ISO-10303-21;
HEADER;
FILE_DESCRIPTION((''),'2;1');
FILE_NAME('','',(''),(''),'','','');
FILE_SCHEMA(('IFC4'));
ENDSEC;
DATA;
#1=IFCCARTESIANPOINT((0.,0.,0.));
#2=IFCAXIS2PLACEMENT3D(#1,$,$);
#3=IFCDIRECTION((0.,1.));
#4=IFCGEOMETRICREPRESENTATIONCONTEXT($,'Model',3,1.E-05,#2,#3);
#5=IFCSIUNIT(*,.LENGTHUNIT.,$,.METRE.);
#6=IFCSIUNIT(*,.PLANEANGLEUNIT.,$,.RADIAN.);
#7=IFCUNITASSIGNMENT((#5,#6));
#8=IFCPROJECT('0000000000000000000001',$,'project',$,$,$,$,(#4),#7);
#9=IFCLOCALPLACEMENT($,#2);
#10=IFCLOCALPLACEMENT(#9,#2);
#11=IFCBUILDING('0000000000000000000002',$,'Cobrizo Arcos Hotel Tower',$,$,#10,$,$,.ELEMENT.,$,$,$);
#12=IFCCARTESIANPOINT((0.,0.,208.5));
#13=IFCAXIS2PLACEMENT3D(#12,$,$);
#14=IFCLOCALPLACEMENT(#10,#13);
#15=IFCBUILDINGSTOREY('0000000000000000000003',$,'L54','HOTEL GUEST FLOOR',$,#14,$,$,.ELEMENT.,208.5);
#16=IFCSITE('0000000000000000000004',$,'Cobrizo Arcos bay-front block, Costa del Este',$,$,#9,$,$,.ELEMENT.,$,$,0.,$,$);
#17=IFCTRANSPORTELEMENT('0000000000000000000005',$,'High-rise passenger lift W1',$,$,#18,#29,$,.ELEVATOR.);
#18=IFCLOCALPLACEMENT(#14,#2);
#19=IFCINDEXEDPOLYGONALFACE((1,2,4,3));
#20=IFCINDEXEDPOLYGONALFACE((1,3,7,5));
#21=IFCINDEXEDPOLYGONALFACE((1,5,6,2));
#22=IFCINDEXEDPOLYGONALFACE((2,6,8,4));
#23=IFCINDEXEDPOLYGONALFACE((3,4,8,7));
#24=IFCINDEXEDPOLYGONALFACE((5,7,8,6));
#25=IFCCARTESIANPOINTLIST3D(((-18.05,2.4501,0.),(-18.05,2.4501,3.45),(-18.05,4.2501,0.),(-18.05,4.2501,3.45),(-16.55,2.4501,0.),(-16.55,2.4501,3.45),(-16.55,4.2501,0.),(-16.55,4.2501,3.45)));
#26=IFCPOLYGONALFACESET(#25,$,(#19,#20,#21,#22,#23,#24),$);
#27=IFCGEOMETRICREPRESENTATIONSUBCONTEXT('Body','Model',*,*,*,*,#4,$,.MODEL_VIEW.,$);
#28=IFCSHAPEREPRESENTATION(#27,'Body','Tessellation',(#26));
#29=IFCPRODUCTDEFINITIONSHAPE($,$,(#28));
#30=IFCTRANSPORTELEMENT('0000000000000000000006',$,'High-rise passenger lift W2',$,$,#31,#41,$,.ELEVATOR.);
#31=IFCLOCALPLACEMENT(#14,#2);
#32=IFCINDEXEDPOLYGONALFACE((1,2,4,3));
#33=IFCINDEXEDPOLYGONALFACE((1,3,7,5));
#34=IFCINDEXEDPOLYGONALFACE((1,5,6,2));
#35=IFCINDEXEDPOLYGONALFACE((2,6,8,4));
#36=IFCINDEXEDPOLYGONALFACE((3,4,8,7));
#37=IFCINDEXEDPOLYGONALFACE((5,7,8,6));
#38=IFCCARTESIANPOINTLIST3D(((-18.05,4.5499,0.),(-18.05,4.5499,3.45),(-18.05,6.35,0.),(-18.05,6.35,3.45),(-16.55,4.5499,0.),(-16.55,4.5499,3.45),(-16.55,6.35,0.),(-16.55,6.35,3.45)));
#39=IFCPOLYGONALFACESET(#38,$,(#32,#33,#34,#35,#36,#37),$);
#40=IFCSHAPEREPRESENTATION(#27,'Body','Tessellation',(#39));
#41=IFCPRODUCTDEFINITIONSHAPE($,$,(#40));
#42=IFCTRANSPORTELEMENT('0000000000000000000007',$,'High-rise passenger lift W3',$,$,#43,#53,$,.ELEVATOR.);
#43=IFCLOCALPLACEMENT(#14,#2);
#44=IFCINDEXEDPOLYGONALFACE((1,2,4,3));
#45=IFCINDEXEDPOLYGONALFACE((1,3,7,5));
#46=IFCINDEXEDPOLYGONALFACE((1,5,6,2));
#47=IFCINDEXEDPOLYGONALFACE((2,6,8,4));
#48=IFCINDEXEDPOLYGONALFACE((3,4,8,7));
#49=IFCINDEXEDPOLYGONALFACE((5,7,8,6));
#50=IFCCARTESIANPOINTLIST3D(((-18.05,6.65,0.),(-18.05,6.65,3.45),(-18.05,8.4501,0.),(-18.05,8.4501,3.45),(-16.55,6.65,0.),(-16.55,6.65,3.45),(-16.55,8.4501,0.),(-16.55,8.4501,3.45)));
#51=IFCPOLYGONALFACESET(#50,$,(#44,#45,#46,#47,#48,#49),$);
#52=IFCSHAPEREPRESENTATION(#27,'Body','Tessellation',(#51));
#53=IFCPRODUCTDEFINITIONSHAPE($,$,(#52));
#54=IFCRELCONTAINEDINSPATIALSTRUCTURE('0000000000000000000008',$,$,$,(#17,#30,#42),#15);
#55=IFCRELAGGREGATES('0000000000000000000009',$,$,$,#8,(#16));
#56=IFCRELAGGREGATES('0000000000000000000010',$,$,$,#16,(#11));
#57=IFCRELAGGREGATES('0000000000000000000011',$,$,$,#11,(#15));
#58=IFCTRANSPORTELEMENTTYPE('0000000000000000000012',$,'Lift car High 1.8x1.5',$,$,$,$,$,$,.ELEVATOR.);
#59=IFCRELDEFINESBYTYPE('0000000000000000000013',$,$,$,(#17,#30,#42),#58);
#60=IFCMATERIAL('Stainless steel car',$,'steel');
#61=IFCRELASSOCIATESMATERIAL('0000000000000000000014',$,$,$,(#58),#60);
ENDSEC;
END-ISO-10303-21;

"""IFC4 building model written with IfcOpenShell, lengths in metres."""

from ifc_helpers import new_model, si_unit, direction, frame, origin, origin_2d, place, context, subcontext, project, spatial, rectangle, extrude, material, type_object, element, save


model = new_model("IFC4")

# Units and contexts
model_context = context("Model", 3, precision=1e-05, world=origin(), true_north=direction((0.0, 1.0)))
body_context = subcontext(model_context, "Body", "Model", "MODEL_VIEW")
ifc_project = project(units=[si_unit("LENGTHUNIT", "METRE"), si_unit("PLANEANGLEUNIT", "RADIAN")], contexts=[model_context])

# Site, building, storey
site_placement = place(None, origin())
site = spatial("IfcSite", under=ifc_project, at=site_placement, Name="Cobrizo Arcos bay-front block, Costa del Este", CompositionType="ELEMENT", RefElevation=0.0)
building_placement = place(site_placement, origin())
building = spatial("IfcBuilding", under=site, at=building_placement, Name="Cobrizo Arcos Hotel Tower", CompositionType="ELEMENT")
storey_placement = place(building_placement, frame((0.0, 0.0, 208.5)))
storey = spatial("IfcBuildingStorey", under=building, at=storey_placement, Name="L54", Description="HOTEL GUEST FLOOR", CompositionType="ELEMENT", Elevation=208.5)

# Transport elements
ifc_material_1 = material(Name="Stainless steel car", Category="steel")
transport_element_type = type_object("IfcTransportElementType", Name="Lift car High 1.8x1.5", PredefinedType="ELEVATOR", material=ifc_material_1)
for number, where, z_axis, x_axis, name in (
    (1, (-17.3, 3.3501, 0.0), (0.0, 0.0, 1.0), (1.0, 0.0, 0.0), "High-rise passenger lift W1"),
    (2, (-17.3, 5.45, 0.0), (0.0, 0.0, 1.0), (1.0, 0.0, 0.0), "High-rise passenger lift W2"),
    (3, (-17.3, 7.55, 0.0), (0.0, 0.0, 1.0), (1.0, 0.0, 0.0), "High-rise passenger lift W3"),
):
    element("IfcTransportElement", number, at=place(storey_placement, frame(where, z_axis=z_axis, x_axis=x_axis)), inside=storey, type_object=transport_element_type, Name=name, PredefinedType="ELEVATOR", context=body_context, shape_type="SweptSolid", body=[
        extrude(rectangle(XDim=1.5, YDim=1.8, at=origin_2d()), origin(), (0.0, 0.0, 1.0), 3.45),
    ])

save(model, "model.ifc")
